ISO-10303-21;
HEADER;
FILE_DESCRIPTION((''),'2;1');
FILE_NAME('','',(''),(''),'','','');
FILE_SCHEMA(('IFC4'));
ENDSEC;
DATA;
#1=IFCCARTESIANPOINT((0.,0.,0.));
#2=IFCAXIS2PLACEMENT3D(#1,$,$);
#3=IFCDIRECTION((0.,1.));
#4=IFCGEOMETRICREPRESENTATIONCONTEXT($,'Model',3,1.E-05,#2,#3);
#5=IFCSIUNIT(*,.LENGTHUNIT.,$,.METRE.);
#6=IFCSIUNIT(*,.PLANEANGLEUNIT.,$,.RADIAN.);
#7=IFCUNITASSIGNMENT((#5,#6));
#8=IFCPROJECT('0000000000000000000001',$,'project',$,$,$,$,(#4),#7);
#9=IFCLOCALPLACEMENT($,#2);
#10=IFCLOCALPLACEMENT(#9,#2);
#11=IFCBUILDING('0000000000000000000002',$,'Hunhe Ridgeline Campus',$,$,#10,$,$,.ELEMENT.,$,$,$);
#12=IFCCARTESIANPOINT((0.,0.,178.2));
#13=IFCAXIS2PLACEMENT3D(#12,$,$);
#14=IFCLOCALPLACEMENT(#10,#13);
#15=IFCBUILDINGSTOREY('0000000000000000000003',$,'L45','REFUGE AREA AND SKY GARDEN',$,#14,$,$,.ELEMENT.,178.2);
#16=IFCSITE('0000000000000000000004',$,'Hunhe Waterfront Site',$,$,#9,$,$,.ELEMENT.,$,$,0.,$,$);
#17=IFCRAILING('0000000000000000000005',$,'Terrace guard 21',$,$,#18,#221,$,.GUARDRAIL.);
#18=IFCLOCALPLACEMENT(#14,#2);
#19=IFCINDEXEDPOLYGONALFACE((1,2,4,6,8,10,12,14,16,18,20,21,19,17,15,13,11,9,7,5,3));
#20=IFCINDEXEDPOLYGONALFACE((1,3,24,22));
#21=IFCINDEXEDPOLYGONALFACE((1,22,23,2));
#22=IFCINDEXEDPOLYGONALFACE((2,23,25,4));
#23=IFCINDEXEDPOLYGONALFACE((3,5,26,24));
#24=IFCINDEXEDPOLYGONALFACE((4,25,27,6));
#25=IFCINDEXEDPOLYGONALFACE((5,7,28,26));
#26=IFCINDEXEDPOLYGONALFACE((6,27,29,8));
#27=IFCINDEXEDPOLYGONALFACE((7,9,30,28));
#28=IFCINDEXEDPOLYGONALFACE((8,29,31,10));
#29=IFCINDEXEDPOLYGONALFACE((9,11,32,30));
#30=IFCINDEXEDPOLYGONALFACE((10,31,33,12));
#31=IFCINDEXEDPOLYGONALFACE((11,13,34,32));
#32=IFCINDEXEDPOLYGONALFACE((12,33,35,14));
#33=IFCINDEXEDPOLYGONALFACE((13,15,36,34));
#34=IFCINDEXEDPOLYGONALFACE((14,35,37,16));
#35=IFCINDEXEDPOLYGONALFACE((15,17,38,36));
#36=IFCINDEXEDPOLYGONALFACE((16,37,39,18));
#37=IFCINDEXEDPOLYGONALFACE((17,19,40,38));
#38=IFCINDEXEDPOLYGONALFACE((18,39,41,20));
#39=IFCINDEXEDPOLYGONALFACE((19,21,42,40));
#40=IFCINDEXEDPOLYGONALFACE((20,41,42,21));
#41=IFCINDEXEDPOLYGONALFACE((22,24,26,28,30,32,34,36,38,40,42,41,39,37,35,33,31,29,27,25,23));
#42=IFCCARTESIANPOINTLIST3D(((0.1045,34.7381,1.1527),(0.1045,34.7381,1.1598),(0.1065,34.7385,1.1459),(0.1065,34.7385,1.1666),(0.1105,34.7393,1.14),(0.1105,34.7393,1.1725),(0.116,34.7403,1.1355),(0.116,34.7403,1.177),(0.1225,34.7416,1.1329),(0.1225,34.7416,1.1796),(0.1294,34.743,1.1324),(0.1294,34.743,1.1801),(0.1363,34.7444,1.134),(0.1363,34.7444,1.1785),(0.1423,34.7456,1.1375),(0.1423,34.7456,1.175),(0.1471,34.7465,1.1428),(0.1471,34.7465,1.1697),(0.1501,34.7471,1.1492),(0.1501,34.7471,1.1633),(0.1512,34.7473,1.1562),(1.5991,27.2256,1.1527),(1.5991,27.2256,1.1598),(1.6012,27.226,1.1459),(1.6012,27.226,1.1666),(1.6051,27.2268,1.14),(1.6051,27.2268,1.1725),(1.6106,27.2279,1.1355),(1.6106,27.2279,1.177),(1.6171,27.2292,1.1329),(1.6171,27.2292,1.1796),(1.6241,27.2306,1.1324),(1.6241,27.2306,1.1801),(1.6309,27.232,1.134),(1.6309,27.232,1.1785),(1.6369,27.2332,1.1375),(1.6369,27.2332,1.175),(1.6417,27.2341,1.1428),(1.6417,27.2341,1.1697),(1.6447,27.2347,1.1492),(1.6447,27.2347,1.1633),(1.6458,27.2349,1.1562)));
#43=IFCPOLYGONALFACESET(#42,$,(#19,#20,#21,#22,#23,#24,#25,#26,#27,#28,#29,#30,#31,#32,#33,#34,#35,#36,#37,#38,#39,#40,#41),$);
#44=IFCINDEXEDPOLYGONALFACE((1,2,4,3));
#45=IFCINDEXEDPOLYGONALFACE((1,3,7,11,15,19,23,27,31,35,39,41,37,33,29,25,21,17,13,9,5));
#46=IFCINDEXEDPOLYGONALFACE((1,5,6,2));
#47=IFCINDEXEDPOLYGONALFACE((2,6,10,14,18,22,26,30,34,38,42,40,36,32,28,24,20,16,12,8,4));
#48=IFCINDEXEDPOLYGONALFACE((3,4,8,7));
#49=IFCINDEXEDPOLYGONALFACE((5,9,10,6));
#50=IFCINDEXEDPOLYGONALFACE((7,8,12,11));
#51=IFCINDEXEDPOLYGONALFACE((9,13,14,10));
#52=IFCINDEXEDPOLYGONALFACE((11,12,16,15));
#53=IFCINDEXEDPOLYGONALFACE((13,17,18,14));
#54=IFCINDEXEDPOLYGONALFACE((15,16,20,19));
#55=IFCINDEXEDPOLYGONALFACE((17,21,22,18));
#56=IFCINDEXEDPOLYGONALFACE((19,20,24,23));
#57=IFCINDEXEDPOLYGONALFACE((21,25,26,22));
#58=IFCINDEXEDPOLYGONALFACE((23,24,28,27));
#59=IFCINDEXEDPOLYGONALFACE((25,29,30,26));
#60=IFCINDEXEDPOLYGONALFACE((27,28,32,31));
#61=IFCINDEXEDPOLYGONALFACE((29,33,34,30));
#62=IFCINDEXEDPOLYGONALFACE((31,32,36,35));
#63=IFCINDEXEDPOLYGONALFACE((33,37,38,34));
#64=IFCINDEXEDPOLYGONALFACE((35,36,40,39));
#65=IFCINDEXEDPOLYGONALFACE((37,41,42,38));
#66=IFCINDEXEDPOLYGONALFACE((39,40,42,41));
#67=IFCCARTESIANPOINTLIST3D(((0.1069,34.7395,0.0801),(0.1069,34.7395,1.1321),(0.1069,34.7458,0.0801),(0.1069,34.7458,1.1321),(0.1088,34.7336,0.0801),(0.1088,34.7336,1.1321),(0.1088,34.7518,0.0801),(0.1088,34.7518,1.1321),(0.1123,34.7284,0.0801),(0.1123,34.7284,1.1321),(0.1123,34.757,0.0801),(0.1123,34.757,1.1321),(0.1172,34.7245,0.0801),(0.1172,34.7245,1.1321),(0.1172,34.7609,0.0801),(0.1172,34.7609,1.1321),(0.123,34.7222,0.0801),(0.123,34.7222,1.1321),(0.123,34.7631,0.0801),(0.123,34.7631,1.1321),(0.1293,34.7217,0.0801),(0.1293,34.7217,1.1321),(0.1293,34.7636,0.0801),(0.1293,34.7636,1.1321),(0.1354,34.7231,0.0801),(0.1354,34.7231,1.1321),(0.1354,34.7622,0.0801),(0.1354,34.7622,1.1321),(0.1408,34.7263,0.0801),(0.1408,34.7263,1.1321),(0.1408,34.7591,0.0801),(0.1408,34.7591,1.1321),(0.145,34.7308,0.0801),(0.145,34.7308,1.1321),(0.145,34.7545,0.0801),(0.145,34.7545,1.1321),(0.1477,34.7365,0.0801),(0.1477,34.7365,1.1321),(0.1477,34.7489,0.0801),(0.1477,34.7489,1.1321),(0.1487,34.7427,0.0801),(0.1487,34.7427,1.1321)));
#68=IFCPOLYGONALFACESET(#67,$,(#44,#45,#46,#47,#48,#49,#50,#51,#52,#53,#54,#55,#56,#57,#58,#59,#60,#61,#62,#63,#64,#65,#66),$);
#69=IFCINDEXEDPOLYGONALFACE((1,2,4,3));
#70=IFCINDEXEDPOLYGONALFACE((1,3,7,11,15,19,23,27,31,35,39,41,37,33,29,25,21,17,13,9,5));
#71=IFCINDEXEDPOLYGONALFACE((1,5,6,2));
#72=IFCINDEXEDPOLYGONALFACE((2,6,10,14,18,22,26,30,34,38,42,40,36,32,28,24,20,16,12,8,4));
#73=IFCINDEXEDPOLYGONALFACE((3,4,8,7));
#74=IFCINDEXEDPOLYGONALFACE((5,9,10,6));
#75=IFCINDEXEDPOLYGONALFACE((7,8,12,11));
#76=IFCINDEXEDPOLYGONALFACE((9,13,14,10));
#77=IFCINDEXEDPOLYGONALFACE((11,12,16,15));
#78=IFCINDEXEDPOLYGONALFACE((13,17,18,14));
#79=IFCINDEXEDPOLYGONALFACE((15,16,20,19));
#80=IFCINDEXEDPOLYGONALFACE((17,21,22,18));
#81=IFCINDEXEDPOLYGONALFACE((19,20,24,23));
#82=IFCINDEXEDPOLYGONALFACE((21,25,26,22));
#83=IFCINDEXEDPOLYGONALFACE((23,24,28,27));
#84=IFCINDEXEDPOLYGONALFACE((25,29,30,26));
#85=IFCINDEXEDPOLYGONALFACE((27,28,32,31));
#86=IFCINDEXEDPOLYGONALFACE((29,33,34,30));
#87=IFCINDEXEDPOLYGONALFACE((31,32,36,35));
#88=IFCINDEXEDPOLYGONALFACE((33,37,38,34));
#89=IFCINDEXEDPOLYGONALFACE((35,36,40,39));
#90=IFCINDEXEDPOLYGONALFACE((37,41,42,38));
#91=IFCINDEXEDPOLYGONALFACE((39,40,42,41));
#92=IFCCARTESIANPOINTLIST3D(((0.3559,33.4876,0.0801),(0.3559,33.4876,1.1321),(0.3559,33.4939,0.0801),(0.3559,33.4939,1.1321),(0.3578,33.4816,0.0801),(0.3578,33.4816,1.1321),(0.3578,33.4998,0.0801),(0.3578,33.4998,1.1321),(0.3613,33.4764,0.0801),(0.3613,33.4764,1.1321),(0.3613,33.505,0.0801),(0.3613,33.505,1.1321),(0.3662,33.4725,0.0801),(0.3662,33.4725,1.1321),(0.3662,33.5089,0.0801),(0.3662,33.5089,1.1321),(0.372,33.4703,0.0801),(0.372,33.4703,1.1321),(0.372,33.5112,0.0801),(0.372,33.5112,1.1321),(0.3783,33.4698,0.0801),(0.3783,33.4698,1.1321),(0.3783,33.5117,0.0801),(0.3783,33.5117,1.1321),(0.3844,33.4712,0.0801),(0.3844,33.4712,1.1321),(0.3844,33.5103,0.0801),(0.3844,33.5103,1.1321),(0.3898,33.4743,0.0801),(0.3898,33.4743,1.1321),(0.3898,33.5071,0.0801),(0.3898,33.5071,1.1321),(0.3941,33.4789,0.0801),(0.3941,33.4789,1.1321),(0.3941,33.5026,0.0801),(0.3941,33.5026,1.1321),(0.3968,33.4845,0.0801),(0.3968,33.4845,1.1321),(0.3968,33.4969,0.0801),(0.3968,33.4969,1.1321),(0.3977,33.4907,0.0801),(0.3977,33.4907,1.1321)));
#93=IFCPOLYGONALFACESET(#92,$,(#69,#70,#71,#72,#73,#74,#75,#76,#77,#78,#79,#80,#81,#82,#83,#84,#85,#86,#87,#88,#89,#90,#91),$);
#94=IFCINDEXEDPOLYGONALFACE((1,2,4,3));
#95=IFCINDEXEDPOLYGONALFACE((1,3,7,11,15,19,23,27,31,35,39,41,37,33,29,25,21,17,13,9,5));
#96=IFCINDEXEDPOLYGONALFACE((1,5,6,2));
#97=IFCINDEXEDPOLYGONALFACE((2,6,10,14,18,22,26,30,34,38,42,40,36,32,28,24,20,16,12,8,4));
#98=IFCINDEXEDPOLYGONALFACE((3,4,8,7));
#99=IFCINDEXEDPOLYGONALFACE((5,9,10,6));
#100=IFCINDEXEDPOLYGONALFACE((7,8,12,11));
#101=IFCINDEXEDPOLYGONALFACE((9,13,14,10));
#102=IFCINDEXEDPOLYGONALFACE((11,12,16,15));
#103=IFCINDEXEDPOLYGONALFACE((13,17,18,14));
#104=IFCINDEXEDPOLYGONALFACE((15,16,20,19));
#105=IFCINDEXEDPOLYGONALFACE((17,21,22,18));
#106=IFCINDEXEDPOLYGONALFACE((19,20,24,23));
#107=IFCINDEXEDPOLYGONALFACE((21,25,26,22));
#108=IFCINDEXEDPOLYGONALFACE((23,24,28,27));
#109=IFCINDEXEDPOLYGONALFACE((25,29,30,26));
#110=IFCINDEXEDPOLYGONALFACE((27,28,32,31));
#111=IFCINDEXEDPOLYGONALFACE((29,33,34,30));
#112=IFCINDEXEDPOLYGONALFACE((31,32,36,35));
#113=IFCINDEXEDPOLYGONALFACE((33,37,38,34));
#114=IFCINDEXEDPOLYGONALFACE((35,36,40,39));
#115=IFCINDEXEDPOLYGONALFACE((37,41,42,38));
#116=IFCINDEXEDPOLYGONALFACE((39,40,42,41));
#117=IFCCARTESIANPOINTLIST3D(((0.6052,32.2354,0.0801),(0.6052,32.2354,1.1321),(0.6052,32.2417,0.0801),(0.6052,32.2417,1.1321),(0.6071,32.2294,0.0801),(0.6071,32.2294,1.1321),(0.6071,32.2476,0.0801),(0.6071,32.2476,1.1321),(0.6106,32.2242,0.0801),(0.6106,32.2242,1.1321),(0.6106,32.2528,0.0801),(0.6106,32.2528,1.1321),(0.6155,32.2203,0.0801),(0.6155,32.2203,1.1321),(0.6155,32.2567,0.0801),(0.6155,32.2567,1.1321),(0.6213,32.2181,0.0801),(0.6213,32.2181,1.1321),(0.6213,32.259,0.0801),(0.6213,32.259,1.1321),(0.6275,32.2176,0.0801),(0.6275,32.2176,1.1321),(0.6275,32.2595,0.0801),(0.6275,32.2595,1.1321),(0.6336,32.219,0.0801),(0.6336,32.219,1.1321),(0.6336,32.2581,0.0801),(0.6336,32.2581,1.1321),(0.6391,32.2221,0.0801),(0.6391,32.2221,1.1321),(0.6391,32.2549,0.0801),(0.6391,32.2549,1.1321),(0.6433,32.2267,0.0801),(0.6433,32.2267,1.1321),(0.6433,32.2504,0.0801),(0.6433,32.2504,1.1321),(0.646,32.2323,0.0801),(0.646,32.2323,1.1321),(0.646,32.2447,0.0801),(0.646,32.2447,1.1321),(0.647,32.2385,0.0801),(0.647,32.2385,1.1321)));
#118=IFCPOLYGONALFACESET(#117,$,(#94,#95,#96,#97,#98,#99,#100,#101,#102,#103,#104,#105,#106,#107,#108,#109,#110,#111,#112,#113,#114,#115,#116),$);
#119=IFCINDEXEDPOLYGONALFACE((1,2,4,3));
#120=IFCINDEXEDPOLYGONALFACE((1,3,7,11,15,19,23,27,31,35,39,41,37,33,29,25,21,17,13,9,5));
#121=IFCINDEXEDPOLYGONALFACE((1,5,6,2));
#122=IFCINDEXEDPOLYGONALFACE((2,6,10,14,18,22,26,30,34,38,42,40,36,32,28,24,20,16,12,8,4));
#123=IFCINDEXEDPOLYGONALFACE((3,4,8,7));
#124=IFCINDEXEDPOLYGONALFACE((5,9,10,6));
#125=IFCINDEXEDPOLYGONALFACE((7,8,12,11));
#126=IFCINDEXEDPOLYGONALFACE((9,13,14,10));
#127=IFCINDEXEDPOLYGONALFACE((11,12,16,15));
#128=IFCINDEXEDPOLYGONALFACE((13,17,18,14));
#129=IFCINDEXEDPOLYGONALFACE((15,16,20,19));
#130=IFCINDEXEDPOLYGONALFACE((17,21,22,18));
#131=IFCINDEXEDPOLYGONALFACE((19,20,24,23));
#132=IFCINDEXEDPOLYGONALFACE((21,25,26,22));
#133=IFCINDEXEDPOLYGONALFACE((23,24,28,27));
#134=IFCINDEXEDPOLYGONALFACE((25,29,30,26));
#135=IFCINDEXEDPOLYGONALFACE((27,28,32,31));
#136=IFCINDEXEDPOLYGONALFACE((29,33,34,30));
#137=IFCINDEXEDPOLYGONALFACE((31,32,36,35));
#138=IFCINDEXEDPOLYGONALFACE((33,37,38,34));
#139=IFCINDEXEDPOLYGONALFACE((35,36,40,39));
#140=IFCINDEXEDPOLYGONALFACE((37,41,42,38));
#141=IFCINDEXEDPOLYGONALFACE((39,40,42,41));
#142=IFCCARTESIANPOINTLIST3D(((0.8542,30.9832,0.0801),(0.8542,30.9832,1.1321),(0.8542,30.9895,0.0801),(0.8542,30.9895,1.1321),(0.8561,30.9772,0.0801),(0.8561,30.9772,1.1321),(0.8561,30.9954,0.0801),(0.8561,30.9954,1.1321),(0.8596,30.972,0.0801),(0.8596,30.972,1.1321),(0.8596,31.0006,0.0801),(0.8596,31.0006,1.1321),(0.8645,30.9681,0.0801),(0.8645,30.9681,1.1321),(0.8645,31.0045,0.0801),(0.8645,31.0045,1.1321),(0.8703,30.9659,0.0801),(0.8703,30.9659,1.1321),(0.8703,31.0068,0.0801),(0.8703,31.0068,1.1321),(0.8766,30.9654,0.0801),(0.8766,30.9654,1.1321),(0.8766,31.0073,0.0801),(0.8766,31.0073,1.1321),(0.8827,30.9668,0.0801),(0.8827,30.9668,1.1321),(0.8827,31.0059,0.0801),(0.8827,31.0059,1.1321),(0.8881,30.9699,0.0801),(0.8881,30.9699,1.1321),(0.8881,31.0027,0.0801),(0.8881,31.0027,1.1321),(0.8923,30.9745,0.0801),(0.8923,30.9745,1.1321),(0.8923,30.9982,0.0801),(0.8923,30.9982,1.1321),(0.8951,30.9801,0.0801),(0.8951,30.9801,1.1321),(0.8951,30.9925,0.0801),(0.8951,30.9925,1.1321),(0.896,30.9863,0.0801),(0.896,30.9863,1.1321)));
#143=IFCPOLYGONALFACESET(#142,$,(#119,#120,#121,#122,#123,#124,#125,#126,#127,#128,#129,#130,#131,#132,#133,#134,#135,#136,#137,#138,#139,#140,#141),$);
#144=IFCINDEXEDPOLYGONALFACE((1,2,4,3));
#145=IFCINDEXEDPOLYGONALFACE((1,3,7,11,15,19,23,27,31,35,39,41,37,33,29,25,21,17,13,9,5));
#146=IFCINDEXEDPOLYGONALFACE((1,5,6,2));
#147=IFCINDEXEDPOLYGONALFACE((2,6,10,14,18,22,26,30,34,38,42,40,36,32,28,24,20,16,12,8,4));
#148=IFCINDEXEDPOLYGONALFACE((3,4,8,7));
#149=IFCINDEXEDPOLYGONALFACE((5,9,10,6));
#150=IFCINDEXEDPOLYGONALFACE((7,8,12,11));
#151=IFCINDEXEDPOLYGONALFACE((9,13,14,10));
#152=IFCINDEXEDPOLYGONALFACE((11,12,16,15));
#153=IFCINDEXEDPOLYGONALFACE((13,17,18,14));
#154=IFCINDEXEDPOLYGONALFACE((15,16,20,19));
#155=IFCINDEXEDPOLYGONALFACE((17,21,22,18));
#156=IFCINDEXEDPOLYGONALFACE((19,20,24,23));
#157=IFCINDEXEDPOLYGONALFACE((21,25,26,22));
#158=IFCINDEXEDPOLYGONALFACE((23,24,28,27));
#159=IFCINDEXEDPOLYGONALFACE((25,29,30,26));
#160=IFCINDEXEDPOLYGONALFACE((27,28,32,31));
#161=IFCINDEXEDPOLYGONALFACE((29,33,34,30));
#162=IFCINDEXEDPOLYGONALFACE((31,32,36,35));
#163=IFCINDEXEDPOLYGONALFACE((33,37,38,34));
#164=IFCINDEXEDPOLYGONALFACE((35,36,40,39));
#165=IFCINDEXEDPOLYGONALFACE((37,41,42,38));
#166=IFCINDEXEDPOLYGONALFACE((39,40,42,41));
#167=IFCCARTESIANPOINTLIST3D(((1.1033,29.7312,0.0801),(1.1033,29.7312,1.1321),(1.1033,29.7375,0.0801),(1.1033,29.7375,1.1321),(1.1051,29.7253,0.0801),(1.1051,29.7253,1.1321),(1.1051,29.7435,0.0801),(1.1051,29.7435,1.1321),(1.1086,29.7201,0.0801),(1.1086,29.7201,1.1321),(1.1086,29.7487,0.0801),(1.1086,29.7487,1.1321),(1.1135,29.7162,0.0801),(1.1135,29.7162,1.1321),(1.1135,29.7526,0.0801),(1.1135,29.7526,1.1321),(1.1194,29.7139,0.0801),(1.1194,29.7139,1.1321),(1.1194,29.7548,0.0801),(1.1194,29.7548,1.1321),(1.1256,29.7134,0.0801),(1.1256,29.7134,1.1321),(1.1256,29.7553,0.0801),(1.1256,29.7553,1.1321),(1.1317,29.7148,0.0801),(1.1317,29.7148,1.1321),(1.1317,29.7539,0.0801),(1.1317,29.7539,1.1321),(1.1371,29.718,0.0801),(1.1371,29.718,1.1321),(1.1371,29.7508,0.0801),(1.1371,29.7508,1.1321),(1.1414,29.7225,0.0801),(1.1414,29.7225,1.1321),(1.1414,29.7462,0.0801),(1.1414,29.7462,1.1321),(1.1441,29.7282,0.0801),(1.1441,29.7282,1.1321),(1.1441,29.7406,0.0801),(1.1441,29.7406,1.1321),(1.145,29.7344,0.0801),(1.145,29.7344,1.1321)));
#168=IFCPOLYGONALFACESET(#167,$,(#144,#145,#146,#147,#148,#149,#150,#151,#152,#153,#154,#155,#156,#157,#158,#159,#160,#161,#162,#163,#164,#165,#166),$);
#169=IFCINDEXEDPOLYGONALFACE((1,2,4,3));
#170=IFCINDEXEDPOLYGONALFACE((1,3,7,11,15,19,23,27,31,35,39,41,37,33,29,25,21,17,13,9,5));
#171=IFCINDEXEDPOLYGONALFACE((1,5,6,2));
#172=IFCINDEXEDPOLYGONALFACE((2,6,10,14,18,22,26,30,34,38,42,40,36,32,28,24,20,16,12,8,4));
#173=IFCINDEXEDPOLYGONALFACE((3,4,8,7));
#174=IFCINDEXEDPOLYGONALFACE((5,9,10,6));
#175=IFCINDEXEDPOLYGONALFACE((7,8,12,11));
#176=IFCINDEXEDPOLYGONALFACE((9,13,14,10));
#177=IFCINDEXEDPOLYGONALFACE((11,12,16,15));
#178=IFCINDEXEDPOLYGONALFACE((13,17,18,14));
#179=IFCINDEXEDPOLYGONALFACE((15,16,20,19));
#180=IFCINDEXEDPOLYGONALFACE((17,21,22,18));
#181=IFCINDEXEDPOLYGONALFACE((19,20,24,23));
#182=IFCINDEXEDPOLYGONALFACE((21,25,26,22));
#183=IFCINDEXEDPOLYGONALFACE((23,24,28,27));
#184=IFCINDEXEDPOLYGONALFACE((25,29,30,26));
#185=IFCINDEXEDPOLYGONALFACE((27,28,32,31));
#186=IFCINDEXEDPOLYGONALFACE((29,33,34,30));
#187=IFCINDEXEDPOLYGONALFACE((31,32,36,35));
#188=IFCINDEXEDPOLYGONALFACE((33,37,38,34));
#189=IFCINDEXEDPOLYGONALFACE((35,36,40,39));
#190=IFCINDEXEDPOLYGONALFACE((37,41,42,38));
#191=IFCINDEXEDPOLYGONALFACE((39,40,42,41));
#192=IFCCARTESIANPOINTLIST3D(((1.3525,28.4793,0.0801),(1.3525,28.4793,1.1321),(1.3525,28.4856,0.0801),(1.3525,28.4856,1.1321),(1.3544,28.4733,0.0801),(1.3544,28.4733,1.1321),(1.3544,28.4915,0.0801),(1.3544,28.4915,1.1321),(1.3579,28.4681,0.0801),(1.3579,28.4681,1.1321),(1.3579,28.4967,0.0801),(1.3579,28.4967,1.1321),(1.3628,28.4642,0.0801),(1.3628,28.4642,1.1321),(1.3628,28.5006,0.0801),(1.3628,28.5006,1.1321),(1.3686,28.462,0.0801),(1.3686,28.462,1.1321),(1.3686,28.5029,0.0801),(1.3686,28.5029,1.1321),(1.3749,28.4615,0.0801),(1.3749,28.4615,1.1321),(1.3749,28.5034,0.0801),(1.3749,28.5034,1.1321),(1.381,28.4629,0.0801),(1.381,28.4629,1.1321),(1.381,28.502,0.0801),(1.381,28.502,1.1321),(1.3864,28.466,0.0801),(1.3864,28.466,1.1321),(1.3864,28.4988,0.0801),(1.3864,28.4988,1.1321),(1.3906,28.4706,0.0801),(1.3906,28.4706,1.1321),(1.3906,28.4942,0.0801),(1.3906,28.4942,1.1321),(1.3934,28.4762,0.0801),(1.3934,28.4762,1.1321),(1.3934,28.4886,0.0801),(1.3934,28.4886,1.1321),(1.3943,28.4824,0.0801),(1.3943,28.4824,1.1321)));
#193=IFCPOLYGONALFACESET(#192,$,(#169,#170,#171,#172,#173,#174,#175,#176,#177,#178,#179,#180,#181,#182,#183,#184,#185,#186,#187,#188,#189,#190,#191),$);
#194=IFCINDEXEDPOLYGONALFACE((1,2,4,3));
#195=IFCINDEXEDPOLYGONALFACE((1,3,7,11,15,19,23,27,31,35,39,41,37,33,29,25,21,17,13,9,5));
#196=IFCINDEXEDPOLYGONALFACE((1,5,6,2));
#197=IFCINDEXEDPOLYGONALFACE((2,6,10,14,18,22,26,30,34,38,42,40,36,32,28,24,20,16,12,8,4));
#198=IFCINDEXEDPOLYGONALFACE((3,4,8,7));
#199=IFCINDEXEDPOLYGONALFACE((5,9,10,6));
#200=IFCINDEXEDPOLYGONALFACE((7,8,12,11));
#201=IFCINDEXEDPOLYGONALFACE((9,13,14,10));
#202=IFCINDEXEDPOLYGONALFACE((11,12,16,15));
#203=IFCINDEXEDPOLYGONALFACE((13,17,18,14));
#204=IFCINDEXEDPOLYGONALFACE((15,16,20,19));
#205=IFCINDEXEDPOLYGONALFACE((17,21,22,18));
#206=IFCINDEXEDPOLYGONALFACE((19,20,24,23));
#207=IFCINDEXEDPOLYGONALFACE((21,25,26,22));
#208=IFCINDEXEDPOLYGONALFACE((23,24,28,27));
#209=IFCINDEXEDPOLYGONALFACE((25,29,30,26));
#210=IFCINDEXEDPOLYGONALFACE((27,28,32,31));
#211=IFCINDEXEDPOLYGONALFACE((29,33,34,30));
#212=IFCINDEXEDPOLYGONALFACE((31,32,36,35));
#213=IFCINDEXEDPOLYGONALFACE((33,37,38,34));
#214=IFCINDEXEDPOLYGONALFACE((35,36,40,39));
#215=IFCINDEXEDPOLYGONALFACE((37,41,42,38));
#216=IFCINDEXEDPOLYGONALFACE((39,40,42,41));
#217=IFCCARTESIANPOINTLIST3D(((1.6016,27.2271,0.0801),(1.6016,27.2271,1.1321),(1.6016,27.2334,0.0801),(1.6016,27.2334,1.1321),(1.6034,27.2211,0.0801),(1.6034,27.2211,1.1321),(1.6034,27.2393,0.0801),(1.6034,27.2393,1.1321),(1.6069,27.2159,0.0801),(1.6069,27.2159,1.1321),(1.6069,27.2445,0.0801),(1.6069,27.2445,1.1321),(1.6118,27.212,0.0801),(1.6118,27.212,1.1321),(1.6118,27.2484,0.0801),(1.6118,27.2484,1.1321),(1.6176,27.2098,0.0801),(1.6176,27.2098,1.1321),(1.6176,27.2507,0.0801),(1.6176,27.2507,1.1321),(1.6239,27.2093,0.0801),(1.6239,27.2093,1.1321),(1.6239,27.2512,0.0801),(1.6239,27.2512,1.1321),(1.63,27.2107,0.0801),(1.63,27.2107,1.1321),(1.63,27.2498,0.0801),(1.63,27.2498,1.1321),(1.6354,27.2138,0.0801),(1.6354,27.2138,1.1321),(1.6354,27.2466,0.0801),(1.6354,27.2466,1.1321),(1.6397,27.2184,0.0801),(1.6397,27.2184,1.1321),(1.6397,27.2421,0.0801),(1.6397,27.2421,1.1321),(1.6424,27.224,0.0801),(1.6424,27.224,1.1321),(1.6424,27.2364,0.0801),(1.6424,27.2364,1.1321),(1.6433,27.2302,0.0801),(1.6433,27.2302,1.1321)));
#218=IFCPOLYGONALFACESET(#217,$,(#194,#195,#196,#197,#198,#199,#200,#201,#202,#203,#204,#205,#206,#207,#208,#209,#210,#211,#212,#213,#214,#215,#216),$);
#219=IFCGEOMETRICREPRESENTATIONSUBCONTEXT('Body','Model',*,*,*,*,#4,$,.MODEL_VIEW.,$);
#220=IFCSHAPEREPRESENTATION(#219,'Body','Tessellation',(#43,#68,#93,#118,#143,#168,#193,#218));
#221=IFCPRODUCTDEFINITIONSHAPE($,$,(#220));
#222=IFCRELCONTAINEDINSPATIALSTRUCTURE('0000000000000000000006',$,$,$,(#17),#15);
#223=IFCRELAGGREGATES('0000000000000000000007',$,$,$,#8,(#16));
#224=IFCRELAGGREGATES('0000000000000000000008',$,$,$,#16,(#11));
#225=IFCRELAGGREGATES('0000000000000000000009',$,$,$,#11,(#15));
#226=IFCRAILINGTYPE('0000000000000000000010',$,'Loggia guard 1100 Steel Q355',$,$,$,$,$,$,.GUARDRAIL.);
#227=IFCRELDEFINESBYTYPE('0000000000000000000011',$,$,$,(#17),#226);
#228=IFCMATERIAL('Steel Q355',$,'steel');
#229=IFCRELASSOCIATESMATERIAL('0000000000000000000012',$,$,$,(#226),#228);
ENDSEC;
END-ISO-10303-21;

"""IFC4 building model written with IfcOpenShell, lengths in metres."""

from ifc_helpers import new_model, si_unit, direction, frame, origin, origin_2d, place, context, subcontext, project, spatial, circle, extrude, material, type_object, element, save


model = new_model("IFC4")

# Units and contexts
model_context = context("Model", 3, precision=1e-05, world=origin(), true_north=direction((0.0, 1.0)))
body_context = subcontext(model_context, "Body", "Model", "MODEL_VIEW")
ifc_project = project(units=[si_unit("LENGTHUNIT", "METRE"), si_unit("PLANEANGLEUNIT", "RADIAN")], contexts=[model_context])

# Site, building, storey
site_placement = place(None, origin())
site = spatial("IfcSite", under=ifc_project, at=site_placement, Name="Hunhe Waterfront Site", CompositionType="ELEMENT", RefElevation=0.0)
building_placement = place(site_placement, origin())
building = spatial("IfcBuilding", under=site, at=building_placement, Name="Hunhe Ridgeline Campus", CompositionType="ELEMENT")
storey_placement = place(building_placement, frame((0.0, 0.0, 178.2)))
storey = spatial("IfcBuildingStorey", under=building, at=storey_placement, Name="L45", Description="REFUGE AREA AND SKY GARDEN", CompositionType="ELEMENT", Elevation=178.2)

# Railing
ifc_material_1 = material(Name="Steel Q355", Category="steel")
railing_type = type_object("IfcRailingType", Name="Loggia guard 1100 Steel Q355", PredefinedType="GUARDRAIL", material=ifc_material_1)
railing_1_placement = place(storey_placement, frame((0.1277, 34.7427, 0.0801)))
element("IfcRailing", 1, at=railing_1_placement, inside=storey, type_object=railing_type, Name="Terrace guard 21", PredefinedType="GUARDRAIL", context=body_context, shape_type="SweptSolid", body=[
    extrude(circle(Radius=0.0239, at=origin_2d()), frame((0.0, 0.0, 1.0762), z_axis=(0.195129, -0.980778, 0.0), x_axis=(0.980778, 0.195129, 0.0)), (0.0, 0.0, 1.0), 7.6597),
    extrude(circle(Radius=0.021, at=origin_2d()), origin(), (0.0, 0.0, 1.0), 1.052),
    extrude(circle(Radius=0.021, at=origin_2d()), frame((0.249, -1.252, 0.0)), (0.0, 0.0, 1.0), 1.052),
    extrude(circle(Radius=0.021, at=origin_2d()), frame((0.4983, -2.5042, 0.0)), (0.0, 0.0, 1.0), 1.052),
    extrude(circle(Radius=0.021, at=origin_2d()), frame((0.7473, -3.7563, 0.0)), (0.0, 0.0, 1.0), 1.052),
    extrude(circle(Radius=0.021, at=origin_2d()), frame((0.9963, -5.0083, 0.0)), (0.0, 0.0, 1.0), 1.052),
    extrude(circle(Radius=0.021, at=origin_2d()), frame((1.2456, -6.2603, 0.0)), (0.0, 0.0, 1.0), 1.052),
    extrude(circle(Radius=0.021, at=origin_2d()), frame((1.4946, -7.5125, 0.0)), (0.0, 0.0, 1.0), 1.052),
])

save(model, "model.ifc")
